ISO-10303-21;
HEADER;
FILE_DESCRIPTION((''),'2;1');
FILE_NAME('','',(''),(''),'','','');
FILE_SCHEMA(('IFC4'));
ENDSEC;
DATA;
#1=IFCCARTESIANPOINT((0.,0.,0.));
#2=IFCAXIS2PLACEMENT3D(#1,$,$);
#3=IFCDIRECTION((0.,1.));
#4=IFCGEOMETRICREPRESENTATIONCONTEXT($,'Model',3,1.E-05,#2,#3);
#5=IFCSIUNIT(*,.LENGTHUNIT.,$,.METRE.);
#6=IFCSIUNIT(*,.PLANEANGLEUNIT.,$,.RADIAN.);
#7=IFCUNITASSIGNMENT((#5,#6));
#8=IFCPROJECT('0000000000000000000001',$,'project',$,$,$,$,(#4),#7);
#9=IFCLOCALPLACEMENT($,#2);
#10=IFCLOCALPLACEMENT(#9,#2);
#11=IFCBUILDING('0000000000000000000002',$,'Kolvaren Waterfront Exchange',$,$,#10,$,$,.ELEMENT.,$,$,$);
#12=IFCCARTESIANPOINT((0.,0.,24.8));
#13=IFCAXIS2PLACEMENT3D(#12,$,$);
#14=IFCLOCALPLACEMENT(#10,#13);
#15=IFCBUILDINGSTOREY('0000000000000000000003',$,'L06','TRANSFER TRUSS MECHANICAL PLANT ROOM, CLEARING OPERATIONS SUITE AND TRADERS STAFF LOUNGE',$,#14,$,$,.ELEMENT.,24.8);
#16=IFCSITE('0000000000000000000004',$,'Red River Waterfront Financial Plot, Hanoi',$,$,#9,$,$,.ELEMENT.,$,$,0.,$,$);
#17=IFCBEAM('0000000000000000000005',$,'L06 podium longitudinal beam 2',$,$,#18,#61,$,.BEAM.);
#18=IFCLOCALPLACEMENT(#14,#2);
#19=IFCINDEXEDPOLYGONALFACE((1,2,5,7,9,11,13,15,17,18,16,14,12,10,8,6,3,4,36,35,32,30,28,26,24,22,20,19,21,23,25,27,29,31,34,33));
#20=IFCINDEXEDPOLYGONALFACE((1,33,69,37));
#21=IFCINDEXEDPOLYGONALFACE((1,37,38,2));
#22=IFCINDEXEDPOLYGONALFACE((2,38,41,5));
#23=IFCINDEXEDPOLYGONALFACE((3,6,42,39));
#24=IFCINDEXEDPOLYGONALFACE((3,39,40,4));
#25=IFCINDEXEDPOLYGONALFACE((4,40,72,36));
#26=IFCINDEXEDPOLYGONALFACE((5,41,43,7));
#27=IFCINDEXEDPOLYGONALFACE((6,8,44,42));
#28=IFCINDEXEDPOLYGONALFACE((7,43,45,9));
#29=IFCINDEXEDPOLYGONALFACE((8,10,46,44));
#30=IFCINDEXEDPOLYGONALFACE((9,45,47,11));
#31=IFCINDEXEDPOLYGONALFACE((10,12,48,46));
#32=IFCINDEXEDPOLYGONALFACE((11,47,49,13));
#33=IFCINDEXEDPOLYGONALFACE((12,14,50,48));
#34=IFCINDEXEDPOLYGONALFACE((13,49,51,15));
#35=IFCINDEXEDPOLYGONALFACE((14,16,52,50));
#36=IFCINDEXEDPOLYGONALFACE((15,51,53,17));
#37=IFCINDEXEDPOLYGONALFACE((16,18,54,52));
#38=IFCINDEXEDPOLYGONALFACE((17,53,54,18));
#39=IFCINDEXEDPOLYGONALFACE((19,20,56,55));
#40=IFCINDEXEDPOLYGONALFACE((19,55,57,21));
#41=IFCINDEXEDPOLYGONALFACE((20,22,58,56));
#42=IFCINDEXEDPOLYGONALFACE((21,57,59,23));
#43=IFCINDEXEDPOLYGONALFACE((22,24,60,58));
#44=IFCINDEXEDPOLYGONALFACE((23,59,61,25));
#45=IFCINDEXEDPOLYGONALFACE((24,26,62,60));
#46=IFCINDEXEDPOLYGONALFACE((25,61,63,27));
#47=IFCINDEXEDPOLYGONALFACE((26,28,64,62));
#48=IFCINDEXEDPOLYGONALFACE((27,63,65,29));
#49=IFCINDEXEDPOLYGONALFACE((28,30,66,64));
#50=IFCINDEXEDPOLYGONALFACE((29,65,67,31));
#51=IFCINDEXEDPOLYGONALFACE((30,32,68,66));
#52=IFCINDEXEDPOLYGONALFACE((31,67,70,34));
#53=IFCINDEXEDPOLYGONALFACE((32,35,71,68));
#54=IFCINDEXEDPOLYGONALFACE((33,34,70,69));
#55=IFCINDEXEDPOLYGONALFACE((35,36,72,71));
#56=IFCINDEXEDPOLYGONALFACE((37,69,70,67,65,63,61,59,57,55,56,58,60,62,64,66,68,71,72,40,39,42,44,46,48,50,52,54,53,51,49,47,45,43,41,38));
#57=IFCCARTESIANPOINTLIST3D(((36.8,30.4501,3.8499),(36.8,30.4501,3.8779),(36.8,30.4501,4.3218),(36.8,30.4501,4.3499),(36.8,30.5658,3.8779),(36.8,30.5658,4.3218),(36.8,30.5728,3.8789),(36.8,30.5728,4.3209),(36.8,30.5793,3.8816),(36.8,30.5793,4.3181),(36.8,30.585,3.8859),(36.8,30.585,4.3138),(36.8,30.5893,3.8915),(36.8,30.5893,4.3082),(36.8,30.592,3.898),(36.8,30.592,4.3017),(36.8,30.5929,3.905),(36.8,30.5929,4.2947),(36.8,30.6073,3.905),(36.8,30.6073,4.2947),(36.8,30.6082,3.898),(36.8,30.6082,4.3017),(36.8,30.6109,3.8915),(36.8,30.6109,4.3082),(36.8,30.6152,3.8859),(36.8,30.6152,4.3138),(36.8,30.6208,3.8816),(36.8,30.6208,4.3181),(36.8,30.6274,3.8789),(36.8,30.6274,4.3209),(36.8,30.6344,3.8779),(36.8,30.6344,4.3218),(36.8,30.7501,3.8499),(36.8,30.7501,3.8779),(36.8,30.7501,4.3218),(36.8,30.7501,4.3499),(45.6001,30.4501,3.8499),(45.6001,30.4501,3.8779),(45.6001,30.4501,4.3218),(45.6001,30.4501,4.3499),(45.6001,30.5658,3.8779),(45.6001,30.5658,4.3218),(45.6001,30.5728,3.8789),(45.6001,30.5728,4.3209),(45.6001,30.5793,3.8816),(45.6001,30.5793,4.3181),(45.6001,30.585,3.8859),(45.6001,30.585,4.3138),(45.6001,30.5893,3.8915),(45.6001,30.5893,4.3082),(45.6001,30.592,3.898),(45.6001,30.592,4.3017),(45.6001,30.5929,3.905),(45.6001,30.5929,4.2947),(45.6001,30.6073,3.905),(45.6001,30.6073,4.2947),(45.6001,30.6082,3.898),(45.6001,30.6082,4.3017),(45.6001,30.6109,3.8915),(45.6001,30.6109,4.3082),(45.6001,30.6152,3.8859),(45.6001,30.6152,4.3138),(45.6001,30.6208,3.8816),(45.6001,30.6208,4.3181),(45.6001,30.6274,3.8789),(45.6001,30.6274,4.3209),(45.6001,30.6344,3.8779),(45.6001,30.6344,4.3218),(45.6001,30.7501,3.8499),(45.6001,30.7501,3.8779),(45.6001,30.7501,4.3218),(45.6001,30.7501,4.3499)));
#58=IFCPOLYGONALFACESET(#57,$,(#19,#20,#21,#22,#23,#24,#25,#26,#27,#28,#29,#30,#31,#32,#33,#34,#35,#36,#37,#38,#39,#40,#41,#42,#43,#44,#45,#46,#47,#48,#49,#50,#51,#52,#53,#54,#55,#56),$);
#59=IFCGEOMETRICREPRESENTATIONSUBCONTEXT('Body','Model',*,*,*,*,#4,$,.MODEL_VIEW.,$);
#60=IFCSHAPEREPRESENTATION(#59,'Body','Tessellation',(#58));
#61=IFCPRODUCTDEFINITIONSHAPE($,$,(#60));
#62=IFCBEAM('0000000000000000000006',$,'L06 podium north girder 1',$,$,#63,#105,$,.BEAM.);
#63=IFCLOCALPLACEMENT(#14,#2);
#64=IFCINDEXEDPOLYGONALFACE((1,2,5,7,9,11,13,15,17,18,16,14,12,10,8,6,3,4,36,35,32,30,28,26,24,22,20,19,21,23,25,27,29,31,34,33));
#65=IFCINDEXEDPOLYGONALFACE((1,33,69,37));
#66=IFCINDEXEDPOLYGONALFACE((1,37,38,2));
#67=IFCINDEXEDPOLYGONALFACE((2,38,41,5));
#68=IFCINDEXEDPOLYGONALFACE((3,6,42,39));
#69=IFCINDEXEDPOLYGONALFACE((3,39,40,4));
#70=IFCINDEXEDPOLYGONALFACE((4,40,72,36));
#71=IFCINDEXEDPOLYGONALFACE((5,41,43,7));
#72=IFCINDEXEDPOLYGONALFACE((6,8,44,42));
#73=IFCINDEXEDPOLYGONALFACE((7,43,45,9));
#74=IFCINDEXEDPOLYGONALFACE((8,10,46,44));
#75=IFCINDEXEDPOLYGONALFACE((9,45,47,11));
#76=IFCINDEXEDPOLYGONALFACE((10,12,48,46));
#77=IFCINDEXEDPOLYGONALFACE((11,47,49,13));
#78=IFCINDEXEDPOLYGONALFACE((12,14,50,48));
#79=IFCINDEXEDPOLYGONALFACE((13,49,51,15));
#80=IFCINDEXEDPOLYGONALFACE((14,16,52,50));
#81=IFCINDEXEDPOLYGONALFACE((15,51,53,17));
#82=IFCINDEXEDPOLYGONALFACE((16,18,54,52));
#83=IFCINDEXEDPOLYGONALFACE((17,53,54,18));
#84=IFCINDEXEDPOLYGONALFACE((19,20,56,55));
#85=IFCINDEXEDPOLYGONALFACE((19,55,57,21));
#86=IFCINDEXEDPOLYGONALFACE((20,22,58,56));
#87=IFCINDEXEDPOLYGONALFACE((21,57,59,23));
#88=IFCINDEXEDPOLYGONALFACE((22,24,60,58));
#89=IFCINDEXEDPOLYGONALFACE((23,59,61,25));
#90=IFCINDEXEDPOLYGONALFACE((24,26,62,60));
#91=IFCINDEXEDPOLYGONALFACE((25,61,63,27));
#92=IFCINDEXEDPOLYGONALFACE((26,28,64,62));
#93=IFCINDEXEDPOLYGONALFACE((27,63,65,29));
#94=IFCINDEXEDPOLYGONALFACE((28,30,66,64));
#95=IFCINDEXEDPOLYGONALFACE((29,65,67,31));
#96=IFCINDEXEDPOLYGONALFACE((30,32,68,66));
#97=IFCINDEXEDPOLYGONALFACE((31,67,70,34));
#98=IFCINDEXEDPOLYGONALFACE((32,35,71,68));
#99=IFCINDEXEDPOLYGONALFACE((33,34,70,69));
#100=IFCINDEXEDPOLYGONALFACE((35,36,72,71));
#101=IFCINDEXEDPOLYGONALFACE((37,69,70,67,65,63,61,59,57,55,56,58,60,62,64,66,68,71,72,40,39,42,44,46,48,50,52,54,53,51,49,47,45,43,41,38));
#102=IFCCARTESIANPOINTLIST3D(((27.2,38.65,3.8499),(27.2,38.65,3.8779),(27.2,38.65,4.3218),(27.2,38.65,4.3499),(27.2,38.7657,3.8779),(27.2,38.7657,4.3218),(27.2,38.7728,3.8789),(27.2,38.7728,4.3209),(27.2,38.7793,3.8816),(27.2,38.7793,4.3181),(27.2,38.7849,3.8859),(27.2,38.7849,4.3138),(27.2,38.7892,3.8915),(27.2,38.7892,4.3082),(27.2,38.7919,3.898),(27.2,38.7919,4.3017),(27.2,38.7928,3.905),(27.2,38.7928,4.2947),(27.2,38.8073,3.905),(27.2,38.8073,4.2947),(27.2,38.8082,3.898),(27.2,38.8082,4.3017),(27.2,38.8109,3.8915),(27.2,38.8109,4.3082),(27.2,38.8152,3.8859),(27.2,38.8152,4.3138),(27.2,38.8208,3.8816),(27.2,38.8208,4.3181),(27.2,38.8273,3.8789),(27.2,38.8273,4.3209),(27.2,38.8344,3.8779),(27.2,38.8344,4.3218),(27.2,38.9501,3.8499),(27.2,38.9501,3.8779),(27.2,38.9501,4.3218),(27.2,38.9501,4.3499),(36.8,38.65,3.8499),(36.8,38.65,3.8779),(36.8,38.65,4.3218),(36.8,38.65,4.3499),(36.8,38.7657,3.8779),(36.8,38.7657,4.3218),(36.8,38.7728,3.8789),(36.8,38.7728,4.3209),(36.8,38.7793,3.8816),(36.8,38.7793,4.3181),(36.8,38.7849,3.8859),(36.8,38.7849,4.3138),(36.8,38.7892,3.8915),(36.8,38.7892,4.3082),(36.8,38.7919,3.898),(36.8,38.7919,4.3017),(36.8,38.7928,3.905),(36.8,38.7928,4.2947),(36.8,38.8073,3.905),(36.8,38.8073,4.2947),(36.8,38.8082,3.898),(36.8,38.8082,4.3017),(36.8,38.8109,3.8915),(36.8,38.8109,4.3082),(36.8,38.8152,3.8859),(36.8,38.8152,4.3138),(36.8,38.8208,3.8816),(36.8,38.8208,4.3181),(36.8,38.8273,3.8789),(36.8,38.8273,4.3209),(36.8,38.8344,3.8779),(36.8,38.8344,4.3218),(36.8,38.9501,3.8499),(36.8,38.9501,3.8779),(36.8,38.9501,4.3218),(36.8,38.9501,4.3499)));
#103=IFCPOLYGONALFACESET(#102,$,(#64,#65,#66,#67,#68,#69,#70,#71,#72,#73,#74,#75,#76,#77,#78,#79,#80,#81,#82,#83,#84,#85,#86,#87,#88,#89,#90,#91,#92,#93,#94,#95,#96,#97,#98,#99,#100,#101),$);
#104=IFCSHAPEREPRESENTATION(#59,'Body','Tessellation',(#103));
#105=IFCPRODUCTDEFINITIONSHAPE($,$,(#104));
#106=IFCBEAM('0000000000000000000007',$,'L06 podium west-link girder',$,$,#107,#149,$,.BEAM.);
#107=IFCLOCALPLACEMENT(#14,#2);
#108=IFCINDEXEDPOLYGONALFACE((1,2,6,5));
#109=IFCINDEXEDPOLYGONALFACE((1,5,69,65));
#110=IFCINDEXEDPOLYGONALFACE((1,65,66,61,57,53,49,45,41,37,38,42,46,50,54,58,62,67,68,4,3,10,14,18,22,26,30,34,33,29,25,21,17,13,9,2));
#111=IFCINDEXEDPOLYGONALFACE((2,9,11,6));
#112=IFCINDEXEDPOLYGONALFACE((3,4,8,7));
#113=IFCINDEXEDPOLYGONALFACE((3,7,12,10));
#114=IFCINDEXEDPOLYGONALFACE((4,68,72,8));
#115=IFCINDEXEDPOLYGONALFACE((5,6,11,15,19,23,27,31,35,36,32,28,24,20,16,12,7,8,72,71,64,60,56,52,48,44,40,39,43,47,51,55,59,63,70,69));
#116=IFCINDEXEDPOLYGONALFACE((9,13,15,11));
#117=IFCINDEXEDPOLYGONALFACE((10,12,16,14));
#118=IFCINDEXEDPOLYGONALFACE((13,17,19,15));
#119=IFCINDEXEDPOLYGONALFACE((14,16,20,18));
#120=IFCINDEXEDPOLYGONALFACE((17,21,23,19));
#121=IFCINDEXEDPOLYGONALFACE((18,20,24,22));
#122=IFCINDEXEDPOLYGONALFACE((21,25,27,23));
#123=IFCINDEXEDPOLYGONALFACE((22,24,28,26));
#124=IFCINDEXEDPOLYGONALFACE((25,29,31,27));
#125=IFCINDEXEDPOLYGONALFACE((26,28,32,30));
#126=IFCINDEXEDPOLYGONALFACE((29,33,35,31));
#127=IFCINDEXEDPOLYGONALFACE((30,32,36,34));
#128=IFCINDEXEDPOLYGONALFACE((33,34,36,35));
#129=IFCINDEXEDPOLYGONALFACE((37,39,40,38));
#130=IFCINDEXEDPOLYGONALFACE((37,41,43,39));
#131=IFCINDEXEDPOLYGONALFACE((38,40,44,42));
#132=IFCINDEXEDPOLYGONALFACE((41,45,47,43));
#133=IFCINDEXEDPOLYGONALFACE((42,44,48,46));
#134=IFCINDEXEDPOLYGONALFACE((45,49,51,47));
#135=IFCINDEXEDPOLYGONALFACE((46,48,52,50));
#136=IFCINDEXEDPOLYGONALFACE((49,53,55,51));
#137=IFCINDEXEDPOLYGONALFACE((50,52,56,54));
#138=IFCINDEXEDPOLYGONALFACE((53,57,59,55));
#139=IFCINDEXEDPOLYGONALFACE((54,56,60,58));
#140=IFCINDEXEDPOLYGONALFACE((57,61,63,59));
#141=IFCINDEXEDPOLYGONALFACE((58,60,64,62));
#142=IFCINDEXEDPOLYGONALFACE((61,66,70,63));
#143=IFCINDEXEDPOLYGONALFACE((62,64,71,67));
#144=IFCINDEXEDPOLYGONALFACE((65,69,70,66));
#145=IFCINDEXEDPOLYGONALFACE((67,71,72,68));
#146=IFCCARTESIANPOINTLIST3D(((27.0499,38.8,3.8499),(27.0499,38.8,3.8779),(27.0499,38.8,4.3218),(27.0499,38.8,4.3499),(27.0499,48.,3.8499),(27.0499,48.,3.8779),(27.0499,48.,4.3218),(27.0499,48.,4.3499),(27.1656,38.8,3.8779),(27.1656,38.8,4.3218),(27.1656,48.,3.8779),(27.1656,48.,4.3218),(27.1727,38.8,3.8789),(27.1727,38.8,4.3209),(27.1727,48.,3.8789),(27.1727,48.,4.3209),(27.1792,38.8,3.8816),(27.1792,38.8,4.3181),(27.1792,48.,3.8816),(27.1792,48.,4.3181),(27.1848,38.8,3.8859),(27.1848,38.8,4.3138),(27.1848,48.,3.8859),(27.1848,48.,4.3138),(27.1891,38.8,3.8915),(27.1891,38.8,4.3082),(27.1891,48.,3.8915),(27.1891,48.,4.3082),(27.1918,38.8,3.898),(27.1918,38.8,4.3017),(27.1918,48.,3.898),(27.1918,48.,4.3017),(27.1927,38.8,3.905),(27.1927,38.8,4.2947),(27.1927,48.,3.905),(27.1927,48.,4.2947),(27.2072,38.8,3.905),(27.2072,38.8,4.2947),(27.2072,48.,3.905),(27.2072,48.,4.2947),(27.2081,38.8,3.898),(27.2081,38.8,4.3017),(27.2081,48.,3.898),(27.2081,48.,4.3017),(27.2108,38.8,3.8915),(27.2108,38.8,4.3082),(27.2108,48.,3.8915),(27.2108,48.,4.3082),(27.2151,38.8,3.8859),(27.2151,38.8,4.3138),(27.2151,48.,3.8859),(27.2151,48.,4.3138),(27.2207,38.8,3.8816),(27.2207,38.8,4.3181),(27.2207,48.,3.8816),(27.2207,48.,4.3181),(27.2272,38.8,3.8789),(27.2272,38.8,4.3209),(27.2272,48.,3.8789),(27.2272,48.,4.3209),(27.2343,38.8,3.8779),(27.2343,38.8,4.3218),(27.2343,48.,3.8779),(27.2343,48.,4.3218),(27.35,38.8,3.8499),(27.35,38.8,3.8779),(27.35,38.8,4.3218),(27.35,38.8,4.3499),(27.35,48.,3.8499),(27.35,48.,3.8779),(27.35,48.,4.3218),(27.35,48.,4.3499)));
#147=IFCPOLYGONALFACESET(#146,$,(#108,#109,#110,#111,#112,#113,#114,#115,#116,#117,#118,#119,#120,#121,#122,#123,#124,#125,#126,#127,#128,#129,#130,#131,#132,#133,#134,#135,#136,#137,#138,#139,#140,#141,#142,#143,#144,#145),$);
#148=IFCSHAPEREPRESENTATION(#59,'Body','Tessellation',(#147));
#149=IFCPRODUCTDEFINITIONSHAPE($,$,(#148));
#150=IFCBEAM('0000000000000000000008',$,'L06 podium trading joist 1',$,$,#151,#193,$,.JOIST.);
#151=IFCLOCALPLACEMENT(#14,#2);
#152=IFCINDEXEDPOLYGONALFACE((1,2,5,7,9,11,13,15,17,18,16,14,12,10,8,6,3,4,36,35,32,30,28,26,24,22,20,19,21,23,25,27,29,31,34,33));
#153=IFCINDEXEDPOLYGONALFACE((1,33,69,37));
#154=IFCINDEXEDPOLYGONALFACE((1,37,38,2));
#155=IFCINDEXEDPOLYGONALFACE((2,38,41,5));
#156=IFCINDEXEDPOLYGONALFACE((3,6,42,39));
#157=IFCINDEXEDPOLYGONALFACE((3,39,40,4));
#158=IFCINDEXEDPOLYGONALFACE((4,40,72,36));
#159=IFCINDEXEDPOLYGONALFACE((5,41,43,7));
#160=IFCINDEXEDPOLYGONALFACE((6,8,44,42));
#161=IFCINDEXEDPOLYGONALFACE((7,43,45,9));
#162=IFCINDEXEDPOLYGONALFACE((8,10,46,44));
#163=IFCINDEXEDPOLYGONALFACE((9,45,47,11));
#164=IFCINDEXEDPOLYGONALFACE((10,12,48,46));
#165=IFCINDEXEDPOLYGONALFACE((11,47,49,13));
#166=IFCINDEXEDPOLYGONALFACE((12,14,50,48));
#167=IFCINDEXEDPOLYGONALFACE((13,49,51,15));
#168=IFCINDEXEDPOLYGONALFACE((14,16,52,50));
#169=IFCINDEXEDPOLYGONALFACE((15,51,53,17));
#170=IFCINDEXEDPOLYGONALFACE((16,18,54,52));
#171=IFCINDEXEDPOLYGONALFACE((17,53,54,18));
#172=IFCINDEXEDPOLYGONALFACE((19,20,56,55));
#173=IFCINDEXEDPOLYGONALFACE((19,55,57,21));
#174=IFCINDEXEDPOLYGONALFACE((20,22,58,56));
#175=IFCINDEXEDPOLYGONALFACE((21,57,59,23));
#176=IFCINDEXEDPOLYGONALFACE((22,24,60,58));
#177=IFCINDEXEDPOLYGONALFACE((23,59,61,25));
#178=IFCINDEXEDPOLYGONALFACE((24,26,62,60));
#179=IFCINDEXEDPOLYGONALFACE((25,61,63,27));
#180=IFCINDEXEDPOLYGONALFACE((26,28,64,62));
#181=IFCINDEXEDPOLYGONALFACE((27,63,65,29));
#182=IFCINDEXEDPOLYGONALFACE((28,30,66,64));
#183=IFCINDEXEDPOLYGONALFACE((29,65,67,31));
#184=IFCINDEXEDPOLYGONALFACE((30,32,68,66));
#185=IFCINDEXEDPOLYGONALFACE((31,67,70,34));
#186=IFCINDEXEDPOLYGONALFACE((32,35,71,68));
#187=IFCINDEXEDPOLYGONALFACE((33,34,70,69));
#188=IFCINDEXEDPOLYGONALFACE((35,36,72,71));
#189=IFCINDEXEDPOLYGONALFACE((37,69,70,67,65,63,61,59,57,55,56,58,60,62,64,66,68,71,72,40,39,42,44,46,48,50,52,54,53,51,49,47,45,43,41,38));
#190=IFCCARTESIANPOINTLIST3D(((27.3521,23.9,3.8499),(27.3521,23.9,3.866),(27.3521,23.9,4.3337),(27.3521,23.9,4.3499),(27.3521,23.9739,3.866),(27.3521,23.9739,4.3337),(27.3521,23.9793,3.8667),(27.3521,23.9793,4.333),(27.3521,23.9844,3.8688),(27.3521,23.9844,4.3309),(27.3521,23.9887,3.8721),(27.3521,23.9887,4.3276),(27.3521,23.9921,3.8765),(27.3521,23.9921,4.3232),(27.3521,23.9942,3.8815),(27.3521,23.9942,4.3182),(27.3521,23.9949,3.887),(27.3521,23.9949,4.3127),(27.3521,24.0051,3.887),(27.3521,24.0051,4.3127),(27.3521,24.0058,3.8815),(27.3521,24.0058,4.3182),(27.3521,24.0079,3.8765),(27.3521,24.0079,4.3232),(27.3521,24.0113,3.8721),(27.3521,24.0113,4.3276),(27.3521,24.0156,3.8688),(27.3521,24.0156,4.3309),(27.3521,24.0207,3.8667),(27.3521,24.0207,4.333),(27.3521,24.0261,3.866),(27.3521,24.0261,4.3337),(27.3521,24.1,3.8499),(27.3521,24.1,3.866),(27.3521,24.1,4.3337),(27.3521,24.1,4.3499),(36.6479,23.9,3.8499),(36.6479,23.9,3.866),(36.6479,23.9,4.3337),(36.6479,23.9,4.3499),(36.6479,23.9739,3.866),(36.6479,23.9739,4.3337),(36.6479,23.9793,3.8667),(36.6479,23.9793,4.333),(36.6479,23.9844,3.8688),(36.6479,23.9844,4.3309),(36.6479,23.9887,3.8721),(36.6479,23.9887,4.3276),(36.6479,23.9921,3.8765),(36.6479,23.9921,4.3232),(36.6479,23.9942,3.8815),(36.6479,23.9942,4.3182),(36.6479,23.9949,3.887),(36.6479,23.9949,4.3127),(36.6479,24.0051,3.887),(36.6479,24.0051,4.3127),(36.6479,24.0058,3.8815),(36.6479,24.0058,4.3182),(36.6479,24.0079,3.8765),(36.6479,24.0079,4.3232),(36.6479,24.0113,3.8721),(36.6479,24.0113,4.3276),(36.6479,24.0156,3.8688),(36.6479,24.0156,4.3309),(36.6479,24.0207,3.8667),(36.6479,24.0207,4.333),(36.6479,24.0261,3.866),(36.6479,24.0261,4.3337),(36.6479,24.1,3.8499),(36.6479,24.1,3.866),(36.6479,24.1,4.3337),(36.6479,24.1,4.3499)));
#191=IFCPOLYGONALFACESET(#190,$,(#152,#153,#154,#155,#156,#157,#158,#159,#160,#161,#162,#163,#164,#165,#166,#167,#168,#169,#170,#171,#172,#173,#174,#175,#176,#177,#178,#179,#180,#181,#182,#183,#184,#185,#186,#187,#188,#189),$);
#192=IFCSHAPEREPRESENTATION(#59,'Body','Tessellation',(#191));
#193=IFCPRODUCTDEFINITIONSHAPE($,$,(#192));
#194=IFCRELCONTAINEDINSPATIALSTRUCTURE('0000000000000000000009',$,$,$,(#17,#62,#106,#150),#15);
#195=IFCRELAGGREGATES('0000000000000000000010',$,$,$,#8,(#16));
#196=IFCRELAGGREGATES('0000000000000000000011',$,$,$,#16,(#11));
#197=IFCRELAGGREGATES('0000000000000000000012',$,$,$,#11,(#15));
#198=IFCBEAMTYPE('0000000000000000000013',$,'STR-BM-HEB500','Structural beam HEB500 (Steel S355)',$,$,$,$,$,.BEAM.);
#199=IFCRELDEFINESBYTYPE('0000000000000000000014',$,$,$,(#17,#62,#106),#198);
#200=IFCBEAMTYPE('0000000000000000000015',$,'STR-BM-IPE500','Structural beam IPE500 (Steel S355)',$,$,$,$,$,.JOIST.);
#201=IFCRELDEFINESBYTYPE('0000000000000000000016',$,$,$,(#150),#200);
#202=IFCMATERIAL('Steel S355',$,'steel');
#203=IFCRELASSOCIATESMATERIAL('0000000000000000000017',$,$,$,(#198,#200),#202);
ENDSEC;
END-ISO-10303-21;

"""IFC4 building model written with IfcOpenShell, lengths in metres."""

from ifc_helpers import new_model, si_unit, direction, frame, origin, origin_2d, place, context, subcontext, project, spatial, i_section, extrude, material, material_profile, profile_set, type_object, element, save


model = new_model("IFC4")

# Units and contexts
model_context = context("Model", 3, precision=1e-05, world=origin(), true_north=direction((0.0, 1.0)))
body_context = subcontext(model_context, "Body", "Model", "MODEL_VIEW")
ifc_project = project(units=[si_unit("LENGTHUNIT", "METRE"), si_unit("PLANEANGLEUNIT", "RADIAN")], contexts=[model_context])

# Site, building, storey
site_placement = place(None, origin())
site = spatial("IfcSite", under=ifc_project, at=site_placement, Name="Red River Waterfront Financial Plot, Hanoi", CompositionType="ELEMENT", RefElevation=0.0)
building_placement = place(site_placement, origin())
building = spatial("IfcBuilding", under=site, at=building_placement, Name="Kolvaren Waterfront Exchange", CompositionType="ELEMENT")
storey_placement = place(building_placement, frame((0.0, 0.0, 24.8)))
storey = spatial("IfcBuildingStorey", under=building, at=storey_placement, Name="L06", Description="TRANSFER TRUSS MECHANICAL PLANT ROOM, CLEARING OPERATIONS SUITE AND TRADERS STAFF LOUNGE", CompositionType="ELEMENT", Elevation=24.8)

# Beams
ifc_material_1 = material(Name="Steel S355", Category="steel")
ifc_material_profile_1 = material_profile(ifc_material_1, i_section(OverallWidth=0.3, OverallDepth=0.5, WebThickness=0.0144, FlangeThickness=0.0281, FilletRadius=0.0271, at=origin_2d()), Name="HEB500")
ifc_profile_set_1 = profile_set([ifc_material_profile_1], Name="Steel S355")
beam_type_1 = type_object("IfcBeamType", Name="STR-BM-HEB500", Description="Structural beam HEB500 (Steel S355)", PredefinedType="BEAM", material=ifc_profile_set_1)
beam_1_placement = place(storey_placement, frame((36.8, 30.6001, 4.0999), z_axis=(1.0, 0.0, 0.0), x_axis=(0.0, 1.0, 0.0)))
element("IfcBeam", 1, at=beam_1_placement, inside=storey, type_object=beam_type_1, Name="L06 podium longitudinal beam 2", PredefinedType="BEAM", context=body_context, shape_type="SweptSolid", body=[
    extrude(i_section(OverallWidth=0.3, OverallDepth=0.5, WebThickness=0.0144, FlangeThickness=0.0281, FilletRadius=0.0271, at=origin_2d()), origin(), (0.0, 0.0, 1.0), 8.8),
])
beam_2_placement = place(storey_placement, frame((27.2, 38.8, 4.0999), z_axis=(1.0, 0.0, 0.0), x_axis=(0.0, 1.0, 0.0)))
element("IfcBeam", 2, at=beam_2_placement, inside=storey, type_object=beam_type_1, Name="L06 podium north girder 1", PredefinedType="BEAM", context=body_context, shape_type="SweptSolid", body=[
    extrude(i_section(OverallWidth=0.3, OverallDepth=0.5, WebThickness=0.0144, FlangeThickness=0.0281, FilletRadius=0.0271, at=origin_2d()), origin(), (0.0, 0.0, 1.0), 9.6001),
])
beam_3_placement = place(storey_placement, frame((27.2, 38.8, 4.0999), z_axis=(0.0, 1.0, 0.0), x_axis=(-1.0, 0.0, 0.0)))
element("IfcBeam", 3, at=beam_3_placement, inside=storey, type_object=beam_type_1, Name="L06 podium west-link girder", PredefinedType="BEAM", context=body_context, shape_type="SweptSolid", body=[
    extrude(i_section(OverallWidth=0.3, OverallDepth=0.5, WebThickness=0.0144, FlangeThickness=0.0281, FilletRadius=0.0271, at=origin_2d()), origin(), (0.0, 0.0, 1.0), 9.2),
])
ifc_material_profile_2 = material_profile(ifc_material_1, i_section(OverallWidth=0.2, OverallDepth=0.5, WebThickness=0.0103, FlangeThickness=0.0161, FilletRadius=0.021, at=origin_2d()), Name="IPE500")
ifc_profile_set_2 = profile_set([ifc_material_profile_2], Name="Steel S355")
beam_type_2 = type_object("IfcBeamType", Name="STR-BM-IPE500", Description="Structural beam IPE500 (Steel S355)", PredefinedType="JOIST", material=ifc_profile_set_2)
beam_4_placement = place(storey_placement, frame((27.3521, 24.0, 4.0999), z_axis=(1.0, 0.0, 0.0), x_axis=(0.0, 1.0, 0.0)))
element("IfcBeam", 4, at=beam_4_placement, inside=storey, type_object=beam_type_2, Name="L06 podium trading joist 1", PredefinedType="JOIST", context=body_context, shape_type="SweptSolid", body=[
    extrude(i_section(OverallWidth=0.2, OverallDepth=0.5, WebThickness=0.0103, FlangeThickness=0.0161, FilletRadius=0.021, at=origin_2d()), origin(), (0.0, 0.0, 1.0), 9.2959),
])

save(model, "model.ifc")
